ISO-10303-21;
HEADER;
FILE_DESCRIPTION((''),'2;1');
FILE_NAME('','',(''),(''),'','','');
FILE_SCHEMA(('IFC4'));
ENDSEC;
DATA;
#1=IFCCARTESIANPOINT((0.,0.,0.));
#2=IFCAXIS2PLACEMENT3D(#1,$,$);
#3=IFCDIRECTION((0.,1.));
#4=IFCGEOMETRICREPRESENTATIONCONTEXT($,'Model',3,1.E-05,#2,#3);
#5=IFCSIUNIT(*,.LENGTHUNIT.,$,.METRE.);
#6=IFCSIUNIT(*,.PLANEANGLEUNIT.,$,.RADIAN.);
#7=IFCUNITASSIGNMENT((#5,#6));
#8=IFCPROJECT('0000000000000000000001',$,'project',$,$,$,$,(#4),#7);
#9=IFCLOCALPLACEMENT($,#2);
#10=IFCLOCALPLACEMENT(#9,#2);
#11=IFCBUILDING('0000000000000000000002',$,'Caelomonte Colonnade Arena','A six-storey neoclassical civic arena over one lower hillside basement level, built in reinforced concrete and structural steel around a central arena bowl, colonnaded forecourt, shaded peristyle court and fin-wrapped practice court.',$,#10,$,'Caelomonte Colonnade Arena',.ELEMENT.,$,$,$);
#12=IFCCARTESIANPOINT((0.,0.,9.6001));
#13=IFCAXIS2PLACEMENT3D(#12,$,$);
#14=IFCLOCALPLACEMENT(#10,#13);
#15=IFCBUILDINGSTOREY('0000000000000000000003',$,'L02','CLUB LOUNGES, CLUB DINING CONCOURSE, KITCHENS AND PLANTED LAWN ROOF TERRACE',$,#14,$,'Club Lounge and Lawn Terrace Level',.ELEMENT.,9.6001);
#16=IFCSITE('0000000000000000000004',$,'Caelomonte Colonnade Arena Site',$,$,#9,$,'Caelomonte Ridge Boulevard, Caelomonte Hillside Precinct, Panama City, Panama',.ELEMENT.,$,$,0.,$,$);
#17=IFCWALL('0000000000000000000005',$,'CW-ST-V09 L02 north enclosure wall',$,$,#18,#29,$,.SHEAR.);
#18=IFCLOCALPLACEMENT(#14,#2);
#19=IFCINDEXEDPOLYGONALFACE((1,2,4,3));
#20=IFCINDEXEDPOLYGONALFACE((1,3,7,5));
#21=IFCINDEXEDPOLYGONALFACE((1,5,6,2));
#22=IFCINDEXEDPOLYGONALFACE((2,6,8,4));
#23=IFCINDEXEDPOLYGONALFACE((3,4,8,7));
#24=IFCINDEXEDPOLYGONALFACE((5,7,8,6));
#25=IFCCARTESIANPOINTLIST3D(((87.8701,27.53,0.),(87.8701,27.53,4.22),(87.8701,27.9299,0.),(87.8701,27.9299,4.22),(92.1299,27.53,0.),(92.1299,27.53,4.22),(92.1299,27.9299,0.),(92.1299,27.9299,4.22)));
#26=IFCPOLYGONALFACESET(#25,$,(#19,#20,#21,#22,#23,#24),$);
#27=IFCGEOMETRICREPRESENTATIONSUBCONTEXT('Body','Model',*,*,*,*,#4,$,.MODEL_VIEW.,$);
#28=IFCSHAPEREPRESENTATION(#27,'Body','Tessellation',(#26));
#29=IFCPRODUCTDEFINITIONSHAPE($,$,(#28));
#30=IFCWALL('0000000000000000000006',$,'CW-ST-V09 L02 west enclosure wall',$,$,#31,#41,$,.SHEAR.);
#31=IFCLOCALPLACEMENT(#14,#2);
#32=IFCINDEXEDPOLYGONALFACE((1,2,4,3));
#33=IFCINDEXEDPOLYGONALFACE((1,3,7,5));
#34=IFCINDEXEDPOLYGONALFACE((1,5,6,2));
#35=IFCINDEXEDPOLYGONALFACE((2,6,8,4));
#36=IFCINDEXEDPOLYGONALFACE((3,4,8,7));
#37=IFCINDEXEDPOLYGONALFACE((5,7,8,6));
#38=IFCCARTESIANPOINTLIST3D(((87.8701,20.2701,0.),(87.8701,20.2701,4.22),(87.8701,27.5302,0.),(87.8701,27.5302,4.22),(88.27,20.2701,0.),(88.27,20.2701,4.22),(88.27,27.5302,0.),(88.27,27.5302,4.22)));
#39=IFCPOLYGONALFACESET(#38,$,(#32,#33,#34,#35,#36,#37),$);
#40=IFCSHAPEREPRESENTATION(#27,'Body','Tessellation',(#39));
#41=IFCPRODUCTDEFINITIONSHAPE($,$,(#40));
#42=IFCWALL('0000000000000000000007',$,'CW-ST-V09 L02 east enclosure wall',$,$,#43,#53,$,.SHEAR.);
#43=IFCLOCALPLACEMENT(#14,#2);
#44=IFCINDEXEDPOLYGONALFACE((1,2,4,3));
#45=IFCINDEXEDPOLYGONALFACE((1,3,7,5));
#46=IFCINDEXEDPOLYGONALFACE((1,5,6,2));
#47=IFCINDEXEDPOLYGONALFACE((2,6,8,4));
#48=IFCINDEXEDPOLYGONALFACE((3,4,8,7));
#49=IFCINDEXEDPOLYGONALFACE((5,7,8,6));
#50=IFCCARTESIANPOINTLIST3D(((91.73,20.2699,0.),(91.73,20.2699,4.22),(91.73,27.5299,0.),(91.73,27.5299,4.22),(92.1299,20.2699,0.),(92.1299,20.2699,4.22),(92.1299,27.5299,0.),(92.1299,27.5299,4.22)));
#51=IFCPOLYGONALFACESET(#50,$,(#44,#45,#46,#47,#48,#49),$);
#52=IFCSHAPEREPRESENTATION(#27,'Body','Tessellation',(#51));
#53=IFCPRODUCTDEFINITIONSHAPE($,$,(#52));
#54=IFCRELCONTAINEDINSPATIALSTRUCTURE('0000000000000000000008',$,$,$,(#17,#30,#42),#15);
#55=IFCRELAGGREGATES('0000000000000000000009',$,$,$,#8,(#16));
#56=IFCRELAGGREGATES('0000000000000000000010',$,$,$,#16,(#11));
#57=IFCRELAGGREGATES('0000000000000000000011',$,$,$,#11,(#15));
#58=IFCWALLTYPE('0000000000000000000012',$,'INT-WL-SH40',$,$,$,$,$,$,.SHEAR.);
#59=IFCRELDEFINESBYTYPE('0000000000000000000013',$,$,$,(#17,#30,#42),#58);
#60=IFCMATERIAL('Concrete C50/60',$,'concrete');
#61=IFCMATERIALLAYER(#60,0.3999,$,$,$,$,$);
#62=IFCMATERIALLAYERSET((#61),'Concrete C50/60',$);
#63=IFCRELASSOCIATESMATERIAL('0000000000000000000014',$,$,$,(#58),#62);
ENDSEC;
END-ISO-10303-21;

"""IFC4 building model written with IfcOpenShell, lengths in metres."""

from ifc_helpers import new_model, si_unit, direction, frame, frame_2d, origin, place, context, subcontext, project, spatial, rectangle, extrude, material, layer, layer_set, type_object, element, save


model = new_model("IFC4")

# Units and contexts
model_context = context("Model", 3, precision=1e-05, world=origin(), true_north=direction((0.0, 1.0)))
body_context = subcontext(model_context, "Body", "Model", "MODEL_VIEW")
ifc_project = project(units=[si_unit("LENGTHUNIT", "METRE"), si_unit("PLANEANGLEUNIT", "RADIAN")], contexts=[model_context])

# Site, building, storey
site_placement = place(None, origin())
site = spatial("IfcSite", under=ifc_project, at=site_placement, Name="Caelomonte Colonnade Arena Site", LongName="Caelomonte Ridge Boulevard, Caelomonte Hillside Precinct, Panama City, Panama", CompositionType="ELEMENT", RefElevation=0.0)
building_placement = place(site_placement, origin())
building = spatial("IfcBuilding", under=site, at=building_placement, Name="Caelomonte Colonnade Arena", Description="A six-storey neoclassical civic arena over one lower hillside basement level, built in reinforced concrete and structural steel around a central arena bowl, colonnaded forecourt, shaded peristyle court and fin-wrapped practice court.", LongName="Caelomonte Colonnade Arena", CompositionType="ELEMENT")
storey_placement = place(building_placement, frame((0.0, 0.0, 9.6001)))
storey = spatial("IfcBuildingStorey", under=building, at=storey_placement, Name="L02", Description="CLUB LOUNGES, CLUB DINING CONCOURSE, KITCHENS AND PLANTED LAWN ROOF TERRACE", LongName="Club Lounge and Lawn Terrace Level", CompositionType="ELEMENT", Elevation=9.6001)

# Shared definitions
ifc_material_1 = material(Name="Concrete C50/60", Category="concrete")

# Walls
ifc_layer_1 = layer(ifc_material_1, 0.3999)
ifc_layer_set_1 = layer_set([ifc_layer_1], Name="Concrete C50/60")
wall_type_1 = type_object("IfcWallType", Name="INT-WL-SH40", PredefinedType="SHEAR", material=ifc_layer_set_1)
wall_1_placement = place(storey_placement, frame((92.1299, 27.73, 0.0), z_axis=(0.0, 0.0, 1.0), x_axis=(-1.0, 0.0, 0.0)))
element("IfcWall", 1, at=wall_1_placement, inside=storey, type_object=wall_type_1, Name="CW-ST-V09 L02 north enclosure wall", PredefinedType="SHEAR", context=body_context, shape_type="SweptSolid", body=[
    extrude(rectangle(XDim=4.2598, YDim=0.3999, at=frame_2d((2.1299, 0.0))), origin(), (0.0, 0.0, 1.0), 4.22),
])
for number, where, z_axis, x_axis, name in (
    (2, (88.0701, 27.53, 0.0), (0.0, 0.0, 1.0), (0.0, -1.0, 0.0), "CW-ST-V09 L02 west enclosure wall"),
    (3, (91.9299, 20.27, 0.0), (0.0, 0.0, 1.0), (0.0, 1.0, 0.0), "CW-ST-V09 L02 east enclosure wall"),
):
    element("IfcWall", number, at=place(storey_placement, frame(where, z_axis=z_axis, x_axis=x_axis)), inside=storey, type_object=wall_type_1, Name=name, PredefinedType="SHEAR", context=body_context, shape_type="SweptSolid", body=[
        extrude(rectangle(XDim=7.26, YDim=0.3999, at=frame_2d((3.6299, 0.0))), origin(), (0.0, 0.0, 1.0), 4.22),
    ])

save(model, "model.ifc")
